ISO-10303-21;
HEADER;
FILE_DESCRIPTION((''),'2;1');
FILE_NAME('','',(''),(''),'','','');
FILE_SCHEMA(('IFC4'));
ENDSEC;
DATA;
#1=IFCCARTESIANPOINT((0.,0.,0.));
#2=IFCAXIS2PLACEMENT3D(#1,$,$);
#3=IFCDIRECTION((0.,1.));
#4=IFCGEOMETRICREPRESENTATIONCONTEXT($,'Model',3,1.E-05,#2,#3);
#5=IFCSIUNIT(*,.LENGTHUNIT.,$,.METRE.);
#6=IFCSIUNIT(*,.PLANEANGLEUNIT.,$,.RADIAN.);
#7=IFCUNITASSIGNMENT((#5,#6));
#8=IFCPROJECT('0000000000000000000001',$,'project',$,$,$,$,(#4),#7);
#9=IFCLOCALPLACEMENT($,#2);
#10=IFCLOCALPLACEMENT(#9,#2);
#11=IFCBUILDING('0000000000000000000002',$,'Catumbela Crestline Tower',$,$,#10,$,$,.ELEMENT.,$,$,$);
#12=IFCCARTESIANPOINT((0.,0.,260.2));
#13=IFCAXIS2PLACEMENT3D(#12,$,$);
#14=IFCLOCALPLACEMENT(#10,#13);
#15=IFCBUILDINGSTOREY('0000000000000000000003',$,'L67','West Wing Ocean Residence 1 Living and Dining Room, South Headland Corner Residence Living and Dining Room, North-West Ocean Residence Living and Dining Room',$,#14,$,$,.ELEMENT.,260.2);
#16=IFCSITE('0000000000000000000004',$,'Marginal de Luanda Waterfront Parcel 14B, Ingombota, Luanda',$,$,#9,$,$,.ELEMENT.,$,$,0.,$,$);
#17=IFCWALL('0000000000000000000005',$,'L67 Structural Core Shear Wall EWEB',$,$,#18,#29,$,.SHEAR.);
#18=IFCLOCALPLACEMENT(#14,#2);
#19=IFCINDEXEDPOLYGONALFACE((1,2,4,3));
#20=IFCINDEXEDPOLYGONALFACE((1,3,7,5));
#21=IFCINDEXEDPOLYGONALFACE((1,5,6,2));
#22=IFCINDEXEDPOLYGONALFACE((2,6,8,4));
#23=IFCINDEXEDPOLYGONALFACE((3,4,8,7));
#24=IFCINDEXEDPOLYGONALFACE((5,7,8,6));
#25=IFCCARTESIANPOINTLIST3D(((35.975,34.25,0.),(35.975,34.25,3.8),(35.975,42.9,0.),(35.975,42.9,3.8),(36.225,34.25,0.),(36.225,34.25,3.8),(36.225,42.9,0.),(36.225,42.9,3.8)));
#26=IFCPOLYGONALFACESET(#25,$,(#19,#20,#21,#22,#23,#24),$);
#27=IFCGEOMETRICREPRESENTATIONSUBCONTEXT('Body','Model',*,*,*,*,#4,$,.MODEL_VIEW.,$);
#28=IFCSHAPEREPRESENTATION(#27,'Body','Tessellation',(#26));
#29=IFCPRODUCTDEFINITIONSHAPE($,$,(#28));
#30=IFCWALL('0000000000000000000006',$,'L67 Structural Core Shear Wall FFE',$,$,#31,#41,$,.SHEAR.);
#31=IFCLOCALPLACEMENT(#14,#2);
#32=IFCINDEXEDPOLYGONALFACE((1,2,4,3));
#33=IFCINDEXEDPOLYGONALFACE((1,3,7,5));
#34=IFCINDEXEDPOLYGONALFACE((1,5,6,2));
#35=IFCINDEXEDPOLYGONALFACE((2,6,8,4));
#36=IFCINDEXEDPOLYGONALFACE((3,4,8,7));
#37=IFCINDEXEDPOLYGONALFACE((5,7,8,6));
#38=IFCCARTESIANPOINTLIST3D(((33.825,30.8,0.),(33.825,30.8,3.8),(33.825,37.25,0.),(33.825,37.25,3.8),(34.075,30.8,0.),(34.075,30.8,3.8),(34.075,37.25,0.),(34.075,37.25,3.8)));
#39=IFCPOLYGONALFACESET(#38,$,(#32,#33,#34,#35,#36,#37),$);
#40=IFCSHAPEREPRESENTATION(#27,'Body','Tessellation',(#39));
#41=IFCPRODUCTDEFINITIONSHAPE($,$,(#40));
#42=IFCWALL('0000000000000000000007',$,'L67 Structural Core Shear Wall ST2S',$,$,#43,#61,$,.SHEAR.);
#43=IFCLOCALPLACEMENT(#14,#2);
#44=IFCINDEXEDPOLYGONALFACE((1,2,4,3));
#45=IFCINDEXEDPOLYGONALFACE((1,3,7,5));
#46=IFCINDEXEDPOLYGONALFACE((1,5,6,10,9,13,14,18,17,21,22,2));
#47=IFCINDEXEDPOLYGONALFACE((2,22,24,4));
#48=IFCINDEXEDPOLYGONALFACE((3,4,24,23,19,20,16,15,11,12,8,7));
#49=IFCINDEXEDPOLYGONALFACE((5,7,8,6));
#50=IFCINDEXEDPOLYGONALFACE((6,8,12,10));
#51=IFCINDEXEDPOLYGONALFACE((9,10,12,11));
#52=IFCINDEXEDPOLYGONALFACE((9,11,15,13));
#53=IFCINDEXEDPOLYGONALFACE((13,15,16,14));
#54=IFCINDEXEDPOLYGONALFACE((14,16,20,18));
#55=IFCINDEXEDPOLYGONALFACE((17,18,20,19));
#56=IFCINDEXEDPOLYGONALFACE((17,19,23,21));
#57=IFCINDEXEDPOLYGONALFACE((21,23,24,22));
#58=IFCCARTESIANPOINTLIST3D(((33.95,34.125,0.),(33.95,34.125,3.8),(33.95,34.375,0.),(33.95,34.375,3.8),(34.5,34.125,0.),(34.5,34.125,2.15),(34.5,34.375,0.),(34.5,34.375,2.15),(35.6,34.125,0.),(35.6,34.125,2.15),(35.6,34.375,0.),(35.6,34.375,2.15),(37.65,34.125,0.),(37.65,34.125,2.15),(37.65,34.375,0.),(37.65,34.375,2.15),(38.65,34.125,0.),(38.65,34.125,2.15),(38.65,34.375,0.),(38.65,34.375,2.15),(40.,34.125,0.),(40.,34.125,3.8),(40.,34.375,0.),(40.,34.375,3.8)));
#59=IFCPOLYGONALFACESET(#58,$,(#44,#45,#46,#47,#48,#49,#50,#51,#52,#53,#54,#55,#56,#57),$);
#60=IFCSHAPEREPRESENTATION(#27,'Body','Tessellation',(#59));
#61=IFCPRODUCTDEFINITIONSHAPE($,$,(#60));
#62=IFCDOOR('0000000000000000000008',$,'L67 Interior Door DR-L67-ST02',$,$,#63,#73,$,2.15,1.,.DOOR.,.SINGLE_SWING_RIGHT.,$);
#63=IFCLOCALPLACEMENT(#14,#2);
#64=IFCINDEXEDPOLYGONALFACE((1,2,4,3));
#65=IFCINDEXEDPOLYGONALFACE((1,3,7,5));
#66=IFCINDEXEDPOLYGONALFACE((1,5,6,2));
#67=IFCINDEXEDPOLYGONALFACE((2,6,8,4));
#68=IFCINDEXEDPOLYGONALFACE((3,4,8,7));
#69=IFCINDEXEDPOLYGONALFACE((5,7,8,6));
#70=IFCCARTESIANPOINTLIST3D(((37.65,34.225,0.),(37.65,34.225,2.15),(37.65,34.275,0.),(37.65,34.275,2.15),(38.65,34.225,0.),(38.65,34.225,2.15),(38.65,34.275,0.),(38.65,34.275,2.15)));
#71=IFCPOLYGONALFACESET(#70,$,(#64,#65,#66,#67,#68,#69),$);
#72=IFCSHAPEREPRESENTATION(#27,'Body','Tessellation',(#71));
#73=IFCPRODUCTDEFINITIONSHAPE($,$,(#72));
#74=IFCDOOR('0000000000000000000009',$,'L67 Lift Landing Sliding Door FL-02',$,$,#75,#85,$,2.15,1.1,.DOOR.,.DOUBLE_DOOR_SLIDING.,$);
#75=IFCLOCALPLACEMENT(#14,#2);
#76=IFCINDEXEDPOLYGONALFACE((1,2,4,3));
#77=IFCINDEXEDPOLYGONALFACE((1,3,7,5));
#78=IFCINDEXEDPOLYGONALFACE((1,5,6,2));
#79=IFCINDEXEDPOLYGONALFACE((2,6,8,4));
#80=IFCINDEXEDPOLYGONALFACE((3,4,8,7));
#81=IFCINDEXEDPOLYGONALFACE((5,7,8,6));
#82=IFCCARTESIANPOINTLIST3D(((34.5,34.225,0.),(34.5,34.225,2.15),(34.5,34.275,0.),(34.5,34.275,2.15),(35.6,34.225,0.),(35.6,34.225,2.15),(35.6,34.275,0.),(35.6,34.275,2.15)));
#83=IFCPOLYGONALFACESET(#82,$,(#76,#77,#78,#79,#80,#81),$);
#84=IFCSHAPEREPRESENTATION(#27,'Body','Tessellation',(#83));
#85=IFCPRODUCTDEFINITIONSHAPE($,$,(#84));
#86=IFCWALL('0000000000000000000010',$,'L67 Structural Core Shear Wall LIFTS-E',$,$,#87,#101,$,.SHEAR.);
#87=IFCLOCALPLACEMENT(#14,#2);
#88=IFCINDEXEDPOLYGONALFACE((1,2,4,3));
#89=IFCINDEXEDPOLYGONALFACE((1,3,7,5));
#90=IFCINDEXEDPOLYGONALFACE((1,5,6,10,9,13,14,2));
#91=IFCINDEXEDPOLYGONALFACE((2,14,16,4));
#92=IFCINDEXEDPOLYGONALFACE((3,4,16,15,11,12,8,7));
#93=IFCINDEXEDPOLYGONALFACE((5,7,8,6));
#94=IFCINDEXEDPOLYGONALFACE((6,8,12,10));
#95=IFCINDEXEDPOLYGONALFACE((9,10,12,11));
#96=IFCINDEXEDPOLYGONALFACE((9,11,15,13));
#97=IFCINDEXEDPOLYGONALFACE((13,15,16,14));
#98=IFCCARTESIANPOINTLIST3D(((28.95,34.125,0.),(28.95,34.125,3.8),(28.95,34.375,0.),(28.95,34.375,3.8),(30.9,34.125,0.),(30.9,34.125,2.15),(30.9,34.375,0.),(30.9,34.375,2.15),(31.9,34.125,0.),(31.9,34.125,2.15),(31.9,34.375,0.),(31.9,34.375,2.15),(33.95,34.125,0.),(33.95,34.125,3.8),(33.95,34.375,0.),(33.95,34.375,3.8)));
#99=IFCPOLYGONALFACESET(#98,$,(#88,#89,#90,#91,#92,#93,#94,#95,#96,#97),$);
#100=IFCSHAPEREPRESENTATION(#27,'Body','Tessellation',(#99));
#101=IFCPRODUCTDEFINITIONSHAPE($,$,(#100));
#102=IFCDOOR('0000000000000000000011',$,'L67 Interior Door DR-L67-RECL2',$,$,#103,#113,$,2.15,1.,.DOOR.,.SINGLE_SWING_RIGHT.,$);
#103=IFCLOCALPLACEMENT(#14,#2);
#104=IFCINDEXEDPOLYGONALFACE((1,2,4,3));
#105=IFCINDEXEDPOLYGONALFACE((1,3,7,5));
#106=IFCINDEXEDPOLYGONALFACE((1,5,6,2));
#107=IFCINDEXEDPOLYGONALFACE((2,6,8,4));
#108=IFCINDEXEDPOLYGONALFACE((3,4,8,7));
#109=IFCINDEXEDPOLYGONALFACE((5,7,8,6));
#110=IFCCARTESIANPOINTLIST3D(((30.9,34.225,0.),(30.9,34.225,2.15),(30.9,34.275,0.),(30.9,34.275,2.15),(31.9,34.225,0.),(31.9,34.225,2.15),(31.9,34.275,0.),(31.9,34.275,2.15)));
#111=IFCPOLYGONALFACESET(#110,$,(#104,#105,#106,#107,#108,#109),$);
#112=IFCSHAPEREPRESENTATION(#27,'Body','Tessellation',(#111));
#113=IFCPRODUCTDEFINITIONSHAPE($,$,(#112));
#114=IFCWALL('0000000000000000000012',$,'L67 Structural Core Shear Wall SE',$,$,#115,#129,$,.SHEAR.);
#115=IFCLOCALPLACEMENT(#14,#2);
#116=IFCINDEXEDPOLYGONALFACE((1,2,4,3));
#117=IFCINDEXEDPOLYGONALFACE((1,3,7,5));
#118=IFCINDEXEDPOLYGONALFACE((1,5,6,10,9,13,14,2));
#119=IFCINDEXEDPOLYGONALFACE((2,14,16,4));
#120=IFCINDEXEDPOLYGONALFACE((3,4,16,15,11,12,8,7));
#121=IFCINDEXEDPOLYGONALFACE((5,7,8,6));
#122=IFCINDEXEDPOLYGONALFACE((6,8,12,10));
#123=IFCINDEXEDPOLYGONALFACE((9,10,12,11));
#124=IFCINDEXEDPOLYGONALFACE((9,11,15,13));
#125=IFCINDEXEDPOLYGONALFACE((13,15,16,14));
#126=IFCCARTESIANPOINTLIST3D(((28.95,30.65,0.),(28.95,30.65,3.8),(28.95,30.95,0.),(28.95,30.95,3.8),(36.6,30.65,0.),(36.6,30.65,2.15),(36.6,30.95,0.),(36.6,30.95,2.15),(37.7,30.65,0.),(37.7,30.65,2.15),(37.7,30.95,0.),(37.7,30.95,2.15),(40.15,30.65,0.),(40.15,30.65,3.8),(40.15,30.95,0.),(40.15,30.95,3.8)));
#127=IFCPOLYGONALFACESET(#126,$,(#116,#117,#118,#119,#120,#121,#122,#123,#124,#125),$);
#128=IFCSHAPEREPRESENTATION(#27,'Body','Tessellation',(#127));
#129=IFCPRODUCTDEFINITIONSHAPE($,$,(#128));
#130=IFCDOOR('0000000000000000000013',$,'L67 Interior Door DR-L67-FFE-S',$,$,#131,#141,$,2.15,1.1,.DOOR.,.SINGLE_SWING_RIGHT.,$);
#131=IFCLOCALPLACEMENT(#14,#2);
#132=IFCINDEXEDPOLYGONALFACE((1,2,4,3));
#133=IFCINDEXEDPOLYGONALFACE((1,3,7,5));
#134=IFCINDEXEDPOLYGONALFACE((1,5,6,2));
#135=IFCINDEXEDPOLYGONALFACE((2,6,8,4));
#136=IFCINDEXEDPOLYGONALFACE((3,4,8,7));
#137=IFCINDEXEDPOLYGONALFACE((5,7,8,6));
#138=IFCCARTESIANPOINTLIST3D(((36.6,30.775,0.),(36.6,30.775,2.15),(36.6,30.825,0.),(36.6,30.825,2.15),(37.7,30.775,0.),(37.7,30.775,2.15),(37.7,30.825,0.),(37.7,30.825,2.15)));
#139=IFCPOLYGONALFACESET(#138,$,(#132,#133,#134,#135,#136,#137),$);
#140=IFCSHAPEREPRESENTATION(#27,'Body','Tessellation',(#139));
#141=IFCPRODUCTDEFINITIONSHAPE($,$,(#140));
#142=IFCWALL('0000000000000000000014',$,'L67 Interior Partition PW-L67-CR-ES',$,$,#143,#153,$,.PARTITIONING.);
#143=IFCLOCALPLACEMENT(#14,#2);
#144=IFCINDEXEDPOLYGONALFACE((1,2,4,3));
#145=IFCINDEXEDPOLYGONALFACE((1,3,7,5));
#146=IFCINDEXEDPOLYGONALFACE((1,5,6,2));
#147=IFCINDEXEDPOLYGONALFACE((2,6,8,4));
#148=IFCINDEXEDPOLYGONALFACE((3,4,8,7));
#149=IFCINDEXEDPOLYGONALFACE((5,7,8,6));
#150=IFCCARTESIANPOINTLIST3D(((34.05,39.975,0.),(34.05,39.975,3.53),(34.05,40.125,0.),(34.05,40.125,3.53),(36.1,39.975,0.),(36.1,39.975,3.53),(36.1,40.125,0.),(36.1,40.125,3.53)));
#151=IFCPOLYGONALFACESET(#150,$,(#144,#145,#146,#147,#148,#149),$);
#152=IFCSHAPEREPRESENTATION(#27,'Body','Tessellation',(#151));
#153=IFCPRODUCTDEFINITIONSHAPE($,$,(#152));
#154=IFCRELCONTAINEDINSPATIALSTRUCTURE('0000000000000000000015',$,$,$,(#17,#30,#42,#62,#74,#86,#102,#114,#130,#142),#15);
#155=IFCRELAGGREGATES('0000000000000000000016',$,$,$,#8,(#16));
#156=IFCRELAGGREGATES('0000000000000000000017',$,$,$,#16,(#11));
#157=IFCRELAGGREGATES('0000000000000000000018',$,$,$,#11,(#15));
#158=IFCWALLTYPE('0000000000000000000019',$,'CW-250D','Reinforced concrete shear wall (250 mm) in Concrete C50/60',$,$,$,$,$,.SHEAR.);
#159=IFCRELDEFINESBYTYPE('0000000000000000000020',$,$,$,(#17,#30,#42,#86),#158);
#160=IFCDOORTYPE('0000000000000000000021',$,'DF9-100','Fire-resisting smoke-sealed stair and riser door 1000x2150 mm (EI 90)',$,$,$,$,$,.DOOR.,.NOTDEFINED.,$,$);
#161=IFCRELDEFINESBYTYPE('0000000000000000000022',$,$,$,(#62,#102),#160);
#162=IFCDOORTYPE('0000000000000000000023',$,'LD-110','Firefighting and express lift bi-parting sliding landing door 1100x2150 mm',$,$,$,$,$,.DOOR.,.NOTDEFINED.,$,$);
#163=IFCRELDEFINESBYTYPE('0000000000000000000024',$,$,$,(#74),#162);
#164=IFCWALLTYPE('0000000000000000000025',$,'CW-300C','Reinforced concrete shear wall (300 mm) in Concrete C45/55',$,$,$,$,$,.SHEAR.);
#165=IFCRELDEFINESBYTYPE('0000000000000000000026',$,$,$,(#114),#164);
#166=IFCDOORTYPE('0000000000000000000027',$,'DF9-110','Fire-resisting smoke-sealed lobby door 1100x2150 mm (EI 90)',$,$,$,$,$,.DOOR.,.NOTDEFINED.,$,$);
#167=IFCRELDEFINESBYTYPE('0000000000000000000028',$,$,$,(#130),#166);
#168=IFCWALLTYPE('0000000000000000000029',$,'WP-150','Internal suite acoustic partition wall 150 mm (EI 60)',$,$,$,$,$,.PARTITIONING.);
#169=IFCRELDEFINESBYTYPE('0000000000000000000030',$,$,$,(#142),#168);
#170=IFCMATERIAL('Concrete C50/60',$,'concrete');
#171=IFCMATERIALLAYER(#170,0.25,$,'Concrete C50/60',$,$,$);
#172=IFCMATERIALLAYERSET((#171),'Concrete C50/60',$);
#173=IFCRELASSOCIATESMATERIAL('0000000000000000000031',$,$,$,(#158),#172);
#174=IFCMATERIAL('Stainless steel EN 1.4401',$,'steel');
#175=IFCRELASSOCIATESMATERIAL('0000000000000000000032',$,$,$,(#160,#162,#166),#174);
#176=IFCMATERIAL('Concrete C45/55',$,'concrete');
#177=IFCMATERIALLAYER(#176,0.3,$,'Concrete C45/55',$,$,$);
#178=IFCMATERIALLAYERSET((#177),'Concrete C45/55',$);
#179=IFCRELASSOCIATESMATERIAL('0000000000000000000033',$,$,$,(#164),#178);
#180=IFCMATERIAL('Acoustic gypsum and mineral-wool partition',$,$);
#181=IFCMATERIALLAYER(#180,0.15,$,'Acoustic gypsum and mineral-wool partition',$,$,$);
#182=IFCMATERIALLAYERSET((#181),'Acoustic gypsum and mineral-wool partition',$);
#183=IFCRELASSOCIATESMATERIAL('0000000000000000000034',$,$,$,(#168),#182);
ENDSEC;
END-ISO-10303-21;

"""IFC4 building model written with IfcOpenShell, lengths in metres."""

from ifc_helpers import new_model, si_unit, direction, frame, frame_2d, origin, place, context, subcontext, project, spatial, rectangle, extrude, material, layer, layer_set, type_object, element, fill, save


model = new_model("IFC4")

# Units and contexts
model_context = context("Model", 3, precision=1e-05, world=origin(), true_north=direction((0.0, 1.0)))
body_context = subcontext(model_context, "Body", "Model", "MODEL_VIEW")
ifc_project = project(units=[si_unit("LENGTHUNIT", "METRE"), si_unit("PLANEANGLEUNIT", "RADIAN")], contexts=[model_context])

# Site, building, storey
site_placement = place(None, origin())
site = spatial("IfcSite", under=ifc_project, at=site_placement, Name="Marginal de Luanda Waterfront Parcel 14B, Ingombota, Luanda", CompositionType="ELEMENT", RefElevation=0.0)
building_placement = place(site_placement, origin())
building = spatial("IfcBuilding", under=site, at=building_placement, Name="Catumbela Crestline Tower", CompositionType="ELEMENT")
storey_placement = place(building_placement, frame((0.0, 0.0, 260.2)))
storey = spatial("IfcBuildingStorey", under=building, at=storey_placement, Name="L67", Description="West Wing Ocean Residence 1 Living and Dining Room, South Headland Corner Residence Living and Dining Room, North-West Ocean Residence Living and Dining Room", CompositionType="ELEMENT", Elevation=260.2)

# Walls
ifc_material_1 = material(Name="Concrete C50/60", Category="concrete")
ifc_layer_1 = layer(ifc_material_1, 0.25, Name="Concrete C50/60")
ifc_layer_set_1 = layer_set([ifc_layer_1], Name="Concrete C50/60")
wall_type_1 = type_object("IfcWallType", Name="CW-250D", Description="Reinforced concrete shear wall (250 mm) in Concrete C50/60", PredefinedType="SHEAR", material=ifc_layer_set_1)
wall_1_placement = place(storey_placement, frame((36.1, 34.25, 0.0), z_axis=(0.0, 0.0, 1.0), x_axis=(0.0, 1.0, 0.0)))
element("IfcWall", 1, at=wall_1_placement, inside=storey, type_object=wall_type_1, Name="L67 Structural Core Shear Wall EWEB", PredefinedType="SHEAR", context=body_context, shape_type="SweptSolid", body=[
    extrude(rectangle(XDim=8.65, YDim=0.25, at=frame_2d((4.325, 0.0))), origin(), (0.0, 0.0, 1.0), 3.8),
])
wall_2_placement = place(storey_placement, frame((33.95, 30.8, 0.0), z_axis=(0.0, 0.0, 1.0), x_axis=(0.0, 1.0, 0.0)))
element("IfcWall", 2, at=wall_2_placement, inside=storey, type_object=wall_type_1, Name="L67 Structural Core Shear Wall FFE", PredefinedType="SHEAR", context=body_context, shape_type="SweptSolid", body=[
    extrude(rectangle(XDim=6.45, YDim=0.25, at=frame_2d((3.225, 0.0))), origin(), (0.0, 0.0, 1.0), 3.8),
])

# Wall, openings, doors
wall_3_placement = place(storey_placement, frame((33.95, 34.25, 0.0), z_axis=(0.0, 0.0, 1.0), x_axis=(1.0, 0.0, 0.0)))
wall_3 = element("IfcWall", 3, at=wall_3_placement, inside=storey, type_object=wall_type_1, Name="L67 Structural Core Shear Wall ST2S", PredefinedType="SHEAR", context=body_context, shape_type="SweptSolid", body=[
    extrude(rectangle(XDim=6.05, YDim=0.25, at=frame_2d((3.025, 0.0))), origin(), (0.0, 0.0, 1.0), 3.8),
])
opening_1_placement = place(wall_3_placement, frame((3.7, 0.0, 0.0)))
opening_1 = element("IfcOpeningElement", 4, at=opening_1_placement, cuts=wall_3, PredefinedType="OPENING", context=body_context, shape_type="SweptSolid", body=[
    extrude(rectangle(XDim=1.0, YDim=2.15, at=frame_2d((0.5, 1.075))), frame((0.0, 0.135, 0.0), z_axis=(0.0, -1.0, 0.0), x_axis=(1.0, 0.0, 0.0)), (0.0, 0.0, 1.0), 0.27),
])
opening_2_placement = place(wall_3_placement, frame((0.55, 0.0, 0.0)))
opening_2 = element("IfcOpeningElement", 5, at=opening_2_placement, cuts=wall_3, PredefinedType="OPENING", context=body_context, shape_type="SweptSolid", body=[
    extrude(rectangle(XDim=1.1, YDim=2.15, at=frame_2d((0.55, 1.075))), frame((0.0, 0.135, 0.0), z_axis=(0.0, -1.0, 0.0), x_axis=(1.0, 0.0, 0.0)), (0.0, 0.0, 1.0), 0.27),
])
ifc_material_2 = material(Name="Stainless steel EN 1.4401", Category="steel")
door_type_1 = type_object("IfcDoorType", Name="DF9-100", Description="Fire-resisting smoke-sealed stair and riser door 1000x2150 mm (EI 90)", OperationType="NOTDEFINED", PredefinedType="DOOR", material=ifc_material_2)
door_1_placement = place(opening_1_placement, origin())
door_1 = element("IfcDoor", 6, at=door_1_placement, inside=storey, type_object=door_type_1, Name="L67 Interior Door DR-L67-ST02", OperationType="SINGLE_SWING_RIGHT", OverallHeight=2.15, OverallWidth=1.0, PredefinedType="DOOR", context=body_context, shape_type="SweptSolid", body=[
    extrude(rectangle(XDim=1.0, YDim=2.15, at=frame_2d((0.5, 1.075))), frame((0.0, 0.025, 0.0), z_axis=(0.0, -1.0, 0.0), x_axis=(1.0, 0.0, 0.0)), (0.0, 0.0, 1.0), 0.05),
])
fill(opening_1, door_1)
door_type_2 = type_object("IfcDoorType", Name="LD-110", Description="Firefighting and express lift bi-parting sliding landing door 1100x2150 mm", OperationType="NOTDEFINED", PredefinedType="DOOR", material=ifc_material_2)
door_2_placement = place(opening_2_placement, origin())
door_2 = element("IfcDoor", 7, at=door_2_placement, inside=storey, type_object=door_type_2, Name="L67 Lift Landing Sliding Door FL-02", OperationType="DOUBLE_DOOR_SLIDING", OverallHeight=2.15, OverallWidth=1.1, PredefinedType="DOOR", context=body_context, shape_type="SweptSolid", body=[
    extrude(rectangle(XDim=1.1, YDim=2.15, at=frame_2d((0.55, 1.075))), frame((0.0, 0.025, 0.0), z_axis=(0.0, -1.0, 0.0), x_axis=(1.0, 0.0, 0.0)), (0.0, 0.0, 1.0), 0.05),
])
fill(opening_2, door_2)

# Walls, openings, doors
wall_4_placement = place(storey_placement, frame((28.95, 34.25, 0.0), z_axis=(0.0, 0.0, 1.0), x_axis=(1.0, 0.0, 0.0)))
wall_4 = element("IfcWall", 8, at=wall_4_placement, inside=storey, type_object=wall_type_1, Name="L67 Structural Core Shear Wall LIFTS-E", PredefinedType="SHEAR", context=body_context, shape_type="SweptSolid", body=[
    extrude(rectangle(XDim=5.0, YDim=0.25, at=frame_2d((2.5, 0.0))), origin(), (0.0, 0.0, 1.0), 3.8),
])
opening_3_placement = place(wall_4_placement, frame((1.95, 0.0, 0.0)))
opening_3 = element("IfcOpeningElement", 9, at=opening_3_placement, cuts=wall_4, PredefinedType="OPENING", context=body_context, shape_type="SweptSolid", body=[
    extrude(rectangle(XDim=1.0, YDim=2.15, at=frame_2d((0.5, 1.075))), frame((0.0, 0.135, 0.0), z_axis=(0.0, -1.0, 0.0), x_axis=(1.0, 0.0, 0.0)), (0.0, 0.0, 1.0), 0.27),
])
door_3_placement = place(opening_3_placement, origin())
door_3 = element("IfcDoor", 10, at=door_3_placement, inside=storey, type_object=door_type_1, Name="L67 Interior Door DR-L67-RECL2", OperationType="SINGLE_SWING_RIGHT", OverallHeight=2.15, OverallWidth=1.0, PredefinedType="DOOR", context=body_context, shape_type="SweptSolid", body=[
    extrude(rectangle(XDim=1.0, YDim=2.15, at=frame_2d((0.5, 1.075))), frame((0.0, 0.025, 0.0), z_axis=(0.0, -1.0, 0.0), x_axis=(1.0, 0.0, 0.0)), (0.0, 0.0, 1.0), 0.05),
])
fill(opening_3, door_3)
ifc_material_3 = material(Name="Concrete C45/55", Category="concrete")
ifc_layer_2 = layer(ifc_material_3, 0.3, Name="Concrete C45/55")
ifc_layer_set_2 = layer_set([ifc_layer_2], Name="Concrete C45/55")
wall_type_2 = type_object("IfcWallType", Name="CW-300C", Description="Reinforced concrete shear wall (300 mm) in Concrete C45/55", PredefinedType="SHEAR", material=ifc_layer_set_2)
wall_5_placement = place(storey_placement, frame((28.95, 30.8, 0.0), z_axis=(0.0, 0.0, 1.0), x_axis=(1.0, 0.0, 0.0)))
wall_5 = element("IfcWall", 11, at=wall_5_placement, inside=storey, type_object=wall_type_2, Name="L67 Structural Core Shear Wall SE", PredefinedType="SHEAR", context=body_context, shape_type="SweptSolid", body=[
    extrude(rectangle(XDim=11.2, YDim=0.3, at=frame_2d((5.6, 0.0))), origin(), (0.0, 0.0, 1.0), 3.8),
])
opening_4_placement = place(wall_5_placement, frame((7.65, 0.0, 0.0)))
opening_4 = element("IfcOpeningElement", 12, at=opening_4_placement, cuts=wall_5, PredefinedType="OPENING", context=body_context, shape_type="SweptSolid", body=[
    extrude(rectangle(XDim=1.1, YDim=2.15, at=frame_2d((0.55, 1.075))), frame((0.0, 0.16, 0.0), z_axis=(0.0, -1.0, 0.0), x_axis=(1.0, 0.0, 0.0)), (0.0, 0.0, 1.0), 0.32),
])
door_type_3 = type_object("IfcDoorType", Name="DF9-110", Description="Fire-resisting smoke-sealed lobby door 1100x2150 mm (EI 90)", OperationType="NOTDEFINED", PredefinedType="DOOR", material=ifc_material_2)
door_4_placement = place(opening_4_placement, origin())
door_4 = element("IfcDoor", 13, at=door_4_placement, inside=storey, type_object=door_type_3, Name="L67 Interior Door DR-L67-FFE-S", OperationType="SINGLE_SWING_RIGHT", OverallHeight=2.15, OverallWidth=1.1, PredefinedType="DOOR", context=body_context, shape_type="SweptSolid", body=[
    extrude(rectangle(XDim=1.1, YDim=2.15, at=frame_2d((0.55, 1.075))), frame((0.0, 0.025, 0.0), z_axis=(0.0, -1.0, 0.0), x_axis=(1.0, 0.0, 0.0)), (0.0, 0.0, 1.0), 0.05),
])
fill(opening_4, door_4)

# Wall
ifc_material_4 = material(Name="Acoustic gypsum and mineral-wool partition")
ifc_layer_3 = layer(ifc_material_4, 0.15, Name="Acoustic gypsum and mineral-wool partition")
ifc_layer_set_3 = layer_set([ifc_layer_3], Name="Acoustic gypsum and mineral-wool partition")
wall_type_3 = type_object("IfcWallType", Name="WP-150", Description="Internal suite acoustic partition wall 150 mm (EI 60)", PredefinedType="PARTITIONING", material=ifc_layer_set_3)
wall_6_placement = place(storey_placement, frame((34.05, 40.05, 0.0), z_axis=(0.0, 0.0, 1.0), x_axis=(1.0, 0.0, 0.0)))
element("IfcWall", 14, at=wall_6_placement, inside=storey, type_object=wall_type_3, Name="L67 Interior Partition PW-L67-CR-ES", PredefinedType="PARTITIONING", context=body_context, shape_type="SweptSolid", body=[
    extrude(rectangle(XDim=2.05, YDim=0.15, at=frame_2d((1.025, 0.0))), origin(), (0.0, 0.0, 1.0), 3.53),
])

save(model, "model.ifc")
